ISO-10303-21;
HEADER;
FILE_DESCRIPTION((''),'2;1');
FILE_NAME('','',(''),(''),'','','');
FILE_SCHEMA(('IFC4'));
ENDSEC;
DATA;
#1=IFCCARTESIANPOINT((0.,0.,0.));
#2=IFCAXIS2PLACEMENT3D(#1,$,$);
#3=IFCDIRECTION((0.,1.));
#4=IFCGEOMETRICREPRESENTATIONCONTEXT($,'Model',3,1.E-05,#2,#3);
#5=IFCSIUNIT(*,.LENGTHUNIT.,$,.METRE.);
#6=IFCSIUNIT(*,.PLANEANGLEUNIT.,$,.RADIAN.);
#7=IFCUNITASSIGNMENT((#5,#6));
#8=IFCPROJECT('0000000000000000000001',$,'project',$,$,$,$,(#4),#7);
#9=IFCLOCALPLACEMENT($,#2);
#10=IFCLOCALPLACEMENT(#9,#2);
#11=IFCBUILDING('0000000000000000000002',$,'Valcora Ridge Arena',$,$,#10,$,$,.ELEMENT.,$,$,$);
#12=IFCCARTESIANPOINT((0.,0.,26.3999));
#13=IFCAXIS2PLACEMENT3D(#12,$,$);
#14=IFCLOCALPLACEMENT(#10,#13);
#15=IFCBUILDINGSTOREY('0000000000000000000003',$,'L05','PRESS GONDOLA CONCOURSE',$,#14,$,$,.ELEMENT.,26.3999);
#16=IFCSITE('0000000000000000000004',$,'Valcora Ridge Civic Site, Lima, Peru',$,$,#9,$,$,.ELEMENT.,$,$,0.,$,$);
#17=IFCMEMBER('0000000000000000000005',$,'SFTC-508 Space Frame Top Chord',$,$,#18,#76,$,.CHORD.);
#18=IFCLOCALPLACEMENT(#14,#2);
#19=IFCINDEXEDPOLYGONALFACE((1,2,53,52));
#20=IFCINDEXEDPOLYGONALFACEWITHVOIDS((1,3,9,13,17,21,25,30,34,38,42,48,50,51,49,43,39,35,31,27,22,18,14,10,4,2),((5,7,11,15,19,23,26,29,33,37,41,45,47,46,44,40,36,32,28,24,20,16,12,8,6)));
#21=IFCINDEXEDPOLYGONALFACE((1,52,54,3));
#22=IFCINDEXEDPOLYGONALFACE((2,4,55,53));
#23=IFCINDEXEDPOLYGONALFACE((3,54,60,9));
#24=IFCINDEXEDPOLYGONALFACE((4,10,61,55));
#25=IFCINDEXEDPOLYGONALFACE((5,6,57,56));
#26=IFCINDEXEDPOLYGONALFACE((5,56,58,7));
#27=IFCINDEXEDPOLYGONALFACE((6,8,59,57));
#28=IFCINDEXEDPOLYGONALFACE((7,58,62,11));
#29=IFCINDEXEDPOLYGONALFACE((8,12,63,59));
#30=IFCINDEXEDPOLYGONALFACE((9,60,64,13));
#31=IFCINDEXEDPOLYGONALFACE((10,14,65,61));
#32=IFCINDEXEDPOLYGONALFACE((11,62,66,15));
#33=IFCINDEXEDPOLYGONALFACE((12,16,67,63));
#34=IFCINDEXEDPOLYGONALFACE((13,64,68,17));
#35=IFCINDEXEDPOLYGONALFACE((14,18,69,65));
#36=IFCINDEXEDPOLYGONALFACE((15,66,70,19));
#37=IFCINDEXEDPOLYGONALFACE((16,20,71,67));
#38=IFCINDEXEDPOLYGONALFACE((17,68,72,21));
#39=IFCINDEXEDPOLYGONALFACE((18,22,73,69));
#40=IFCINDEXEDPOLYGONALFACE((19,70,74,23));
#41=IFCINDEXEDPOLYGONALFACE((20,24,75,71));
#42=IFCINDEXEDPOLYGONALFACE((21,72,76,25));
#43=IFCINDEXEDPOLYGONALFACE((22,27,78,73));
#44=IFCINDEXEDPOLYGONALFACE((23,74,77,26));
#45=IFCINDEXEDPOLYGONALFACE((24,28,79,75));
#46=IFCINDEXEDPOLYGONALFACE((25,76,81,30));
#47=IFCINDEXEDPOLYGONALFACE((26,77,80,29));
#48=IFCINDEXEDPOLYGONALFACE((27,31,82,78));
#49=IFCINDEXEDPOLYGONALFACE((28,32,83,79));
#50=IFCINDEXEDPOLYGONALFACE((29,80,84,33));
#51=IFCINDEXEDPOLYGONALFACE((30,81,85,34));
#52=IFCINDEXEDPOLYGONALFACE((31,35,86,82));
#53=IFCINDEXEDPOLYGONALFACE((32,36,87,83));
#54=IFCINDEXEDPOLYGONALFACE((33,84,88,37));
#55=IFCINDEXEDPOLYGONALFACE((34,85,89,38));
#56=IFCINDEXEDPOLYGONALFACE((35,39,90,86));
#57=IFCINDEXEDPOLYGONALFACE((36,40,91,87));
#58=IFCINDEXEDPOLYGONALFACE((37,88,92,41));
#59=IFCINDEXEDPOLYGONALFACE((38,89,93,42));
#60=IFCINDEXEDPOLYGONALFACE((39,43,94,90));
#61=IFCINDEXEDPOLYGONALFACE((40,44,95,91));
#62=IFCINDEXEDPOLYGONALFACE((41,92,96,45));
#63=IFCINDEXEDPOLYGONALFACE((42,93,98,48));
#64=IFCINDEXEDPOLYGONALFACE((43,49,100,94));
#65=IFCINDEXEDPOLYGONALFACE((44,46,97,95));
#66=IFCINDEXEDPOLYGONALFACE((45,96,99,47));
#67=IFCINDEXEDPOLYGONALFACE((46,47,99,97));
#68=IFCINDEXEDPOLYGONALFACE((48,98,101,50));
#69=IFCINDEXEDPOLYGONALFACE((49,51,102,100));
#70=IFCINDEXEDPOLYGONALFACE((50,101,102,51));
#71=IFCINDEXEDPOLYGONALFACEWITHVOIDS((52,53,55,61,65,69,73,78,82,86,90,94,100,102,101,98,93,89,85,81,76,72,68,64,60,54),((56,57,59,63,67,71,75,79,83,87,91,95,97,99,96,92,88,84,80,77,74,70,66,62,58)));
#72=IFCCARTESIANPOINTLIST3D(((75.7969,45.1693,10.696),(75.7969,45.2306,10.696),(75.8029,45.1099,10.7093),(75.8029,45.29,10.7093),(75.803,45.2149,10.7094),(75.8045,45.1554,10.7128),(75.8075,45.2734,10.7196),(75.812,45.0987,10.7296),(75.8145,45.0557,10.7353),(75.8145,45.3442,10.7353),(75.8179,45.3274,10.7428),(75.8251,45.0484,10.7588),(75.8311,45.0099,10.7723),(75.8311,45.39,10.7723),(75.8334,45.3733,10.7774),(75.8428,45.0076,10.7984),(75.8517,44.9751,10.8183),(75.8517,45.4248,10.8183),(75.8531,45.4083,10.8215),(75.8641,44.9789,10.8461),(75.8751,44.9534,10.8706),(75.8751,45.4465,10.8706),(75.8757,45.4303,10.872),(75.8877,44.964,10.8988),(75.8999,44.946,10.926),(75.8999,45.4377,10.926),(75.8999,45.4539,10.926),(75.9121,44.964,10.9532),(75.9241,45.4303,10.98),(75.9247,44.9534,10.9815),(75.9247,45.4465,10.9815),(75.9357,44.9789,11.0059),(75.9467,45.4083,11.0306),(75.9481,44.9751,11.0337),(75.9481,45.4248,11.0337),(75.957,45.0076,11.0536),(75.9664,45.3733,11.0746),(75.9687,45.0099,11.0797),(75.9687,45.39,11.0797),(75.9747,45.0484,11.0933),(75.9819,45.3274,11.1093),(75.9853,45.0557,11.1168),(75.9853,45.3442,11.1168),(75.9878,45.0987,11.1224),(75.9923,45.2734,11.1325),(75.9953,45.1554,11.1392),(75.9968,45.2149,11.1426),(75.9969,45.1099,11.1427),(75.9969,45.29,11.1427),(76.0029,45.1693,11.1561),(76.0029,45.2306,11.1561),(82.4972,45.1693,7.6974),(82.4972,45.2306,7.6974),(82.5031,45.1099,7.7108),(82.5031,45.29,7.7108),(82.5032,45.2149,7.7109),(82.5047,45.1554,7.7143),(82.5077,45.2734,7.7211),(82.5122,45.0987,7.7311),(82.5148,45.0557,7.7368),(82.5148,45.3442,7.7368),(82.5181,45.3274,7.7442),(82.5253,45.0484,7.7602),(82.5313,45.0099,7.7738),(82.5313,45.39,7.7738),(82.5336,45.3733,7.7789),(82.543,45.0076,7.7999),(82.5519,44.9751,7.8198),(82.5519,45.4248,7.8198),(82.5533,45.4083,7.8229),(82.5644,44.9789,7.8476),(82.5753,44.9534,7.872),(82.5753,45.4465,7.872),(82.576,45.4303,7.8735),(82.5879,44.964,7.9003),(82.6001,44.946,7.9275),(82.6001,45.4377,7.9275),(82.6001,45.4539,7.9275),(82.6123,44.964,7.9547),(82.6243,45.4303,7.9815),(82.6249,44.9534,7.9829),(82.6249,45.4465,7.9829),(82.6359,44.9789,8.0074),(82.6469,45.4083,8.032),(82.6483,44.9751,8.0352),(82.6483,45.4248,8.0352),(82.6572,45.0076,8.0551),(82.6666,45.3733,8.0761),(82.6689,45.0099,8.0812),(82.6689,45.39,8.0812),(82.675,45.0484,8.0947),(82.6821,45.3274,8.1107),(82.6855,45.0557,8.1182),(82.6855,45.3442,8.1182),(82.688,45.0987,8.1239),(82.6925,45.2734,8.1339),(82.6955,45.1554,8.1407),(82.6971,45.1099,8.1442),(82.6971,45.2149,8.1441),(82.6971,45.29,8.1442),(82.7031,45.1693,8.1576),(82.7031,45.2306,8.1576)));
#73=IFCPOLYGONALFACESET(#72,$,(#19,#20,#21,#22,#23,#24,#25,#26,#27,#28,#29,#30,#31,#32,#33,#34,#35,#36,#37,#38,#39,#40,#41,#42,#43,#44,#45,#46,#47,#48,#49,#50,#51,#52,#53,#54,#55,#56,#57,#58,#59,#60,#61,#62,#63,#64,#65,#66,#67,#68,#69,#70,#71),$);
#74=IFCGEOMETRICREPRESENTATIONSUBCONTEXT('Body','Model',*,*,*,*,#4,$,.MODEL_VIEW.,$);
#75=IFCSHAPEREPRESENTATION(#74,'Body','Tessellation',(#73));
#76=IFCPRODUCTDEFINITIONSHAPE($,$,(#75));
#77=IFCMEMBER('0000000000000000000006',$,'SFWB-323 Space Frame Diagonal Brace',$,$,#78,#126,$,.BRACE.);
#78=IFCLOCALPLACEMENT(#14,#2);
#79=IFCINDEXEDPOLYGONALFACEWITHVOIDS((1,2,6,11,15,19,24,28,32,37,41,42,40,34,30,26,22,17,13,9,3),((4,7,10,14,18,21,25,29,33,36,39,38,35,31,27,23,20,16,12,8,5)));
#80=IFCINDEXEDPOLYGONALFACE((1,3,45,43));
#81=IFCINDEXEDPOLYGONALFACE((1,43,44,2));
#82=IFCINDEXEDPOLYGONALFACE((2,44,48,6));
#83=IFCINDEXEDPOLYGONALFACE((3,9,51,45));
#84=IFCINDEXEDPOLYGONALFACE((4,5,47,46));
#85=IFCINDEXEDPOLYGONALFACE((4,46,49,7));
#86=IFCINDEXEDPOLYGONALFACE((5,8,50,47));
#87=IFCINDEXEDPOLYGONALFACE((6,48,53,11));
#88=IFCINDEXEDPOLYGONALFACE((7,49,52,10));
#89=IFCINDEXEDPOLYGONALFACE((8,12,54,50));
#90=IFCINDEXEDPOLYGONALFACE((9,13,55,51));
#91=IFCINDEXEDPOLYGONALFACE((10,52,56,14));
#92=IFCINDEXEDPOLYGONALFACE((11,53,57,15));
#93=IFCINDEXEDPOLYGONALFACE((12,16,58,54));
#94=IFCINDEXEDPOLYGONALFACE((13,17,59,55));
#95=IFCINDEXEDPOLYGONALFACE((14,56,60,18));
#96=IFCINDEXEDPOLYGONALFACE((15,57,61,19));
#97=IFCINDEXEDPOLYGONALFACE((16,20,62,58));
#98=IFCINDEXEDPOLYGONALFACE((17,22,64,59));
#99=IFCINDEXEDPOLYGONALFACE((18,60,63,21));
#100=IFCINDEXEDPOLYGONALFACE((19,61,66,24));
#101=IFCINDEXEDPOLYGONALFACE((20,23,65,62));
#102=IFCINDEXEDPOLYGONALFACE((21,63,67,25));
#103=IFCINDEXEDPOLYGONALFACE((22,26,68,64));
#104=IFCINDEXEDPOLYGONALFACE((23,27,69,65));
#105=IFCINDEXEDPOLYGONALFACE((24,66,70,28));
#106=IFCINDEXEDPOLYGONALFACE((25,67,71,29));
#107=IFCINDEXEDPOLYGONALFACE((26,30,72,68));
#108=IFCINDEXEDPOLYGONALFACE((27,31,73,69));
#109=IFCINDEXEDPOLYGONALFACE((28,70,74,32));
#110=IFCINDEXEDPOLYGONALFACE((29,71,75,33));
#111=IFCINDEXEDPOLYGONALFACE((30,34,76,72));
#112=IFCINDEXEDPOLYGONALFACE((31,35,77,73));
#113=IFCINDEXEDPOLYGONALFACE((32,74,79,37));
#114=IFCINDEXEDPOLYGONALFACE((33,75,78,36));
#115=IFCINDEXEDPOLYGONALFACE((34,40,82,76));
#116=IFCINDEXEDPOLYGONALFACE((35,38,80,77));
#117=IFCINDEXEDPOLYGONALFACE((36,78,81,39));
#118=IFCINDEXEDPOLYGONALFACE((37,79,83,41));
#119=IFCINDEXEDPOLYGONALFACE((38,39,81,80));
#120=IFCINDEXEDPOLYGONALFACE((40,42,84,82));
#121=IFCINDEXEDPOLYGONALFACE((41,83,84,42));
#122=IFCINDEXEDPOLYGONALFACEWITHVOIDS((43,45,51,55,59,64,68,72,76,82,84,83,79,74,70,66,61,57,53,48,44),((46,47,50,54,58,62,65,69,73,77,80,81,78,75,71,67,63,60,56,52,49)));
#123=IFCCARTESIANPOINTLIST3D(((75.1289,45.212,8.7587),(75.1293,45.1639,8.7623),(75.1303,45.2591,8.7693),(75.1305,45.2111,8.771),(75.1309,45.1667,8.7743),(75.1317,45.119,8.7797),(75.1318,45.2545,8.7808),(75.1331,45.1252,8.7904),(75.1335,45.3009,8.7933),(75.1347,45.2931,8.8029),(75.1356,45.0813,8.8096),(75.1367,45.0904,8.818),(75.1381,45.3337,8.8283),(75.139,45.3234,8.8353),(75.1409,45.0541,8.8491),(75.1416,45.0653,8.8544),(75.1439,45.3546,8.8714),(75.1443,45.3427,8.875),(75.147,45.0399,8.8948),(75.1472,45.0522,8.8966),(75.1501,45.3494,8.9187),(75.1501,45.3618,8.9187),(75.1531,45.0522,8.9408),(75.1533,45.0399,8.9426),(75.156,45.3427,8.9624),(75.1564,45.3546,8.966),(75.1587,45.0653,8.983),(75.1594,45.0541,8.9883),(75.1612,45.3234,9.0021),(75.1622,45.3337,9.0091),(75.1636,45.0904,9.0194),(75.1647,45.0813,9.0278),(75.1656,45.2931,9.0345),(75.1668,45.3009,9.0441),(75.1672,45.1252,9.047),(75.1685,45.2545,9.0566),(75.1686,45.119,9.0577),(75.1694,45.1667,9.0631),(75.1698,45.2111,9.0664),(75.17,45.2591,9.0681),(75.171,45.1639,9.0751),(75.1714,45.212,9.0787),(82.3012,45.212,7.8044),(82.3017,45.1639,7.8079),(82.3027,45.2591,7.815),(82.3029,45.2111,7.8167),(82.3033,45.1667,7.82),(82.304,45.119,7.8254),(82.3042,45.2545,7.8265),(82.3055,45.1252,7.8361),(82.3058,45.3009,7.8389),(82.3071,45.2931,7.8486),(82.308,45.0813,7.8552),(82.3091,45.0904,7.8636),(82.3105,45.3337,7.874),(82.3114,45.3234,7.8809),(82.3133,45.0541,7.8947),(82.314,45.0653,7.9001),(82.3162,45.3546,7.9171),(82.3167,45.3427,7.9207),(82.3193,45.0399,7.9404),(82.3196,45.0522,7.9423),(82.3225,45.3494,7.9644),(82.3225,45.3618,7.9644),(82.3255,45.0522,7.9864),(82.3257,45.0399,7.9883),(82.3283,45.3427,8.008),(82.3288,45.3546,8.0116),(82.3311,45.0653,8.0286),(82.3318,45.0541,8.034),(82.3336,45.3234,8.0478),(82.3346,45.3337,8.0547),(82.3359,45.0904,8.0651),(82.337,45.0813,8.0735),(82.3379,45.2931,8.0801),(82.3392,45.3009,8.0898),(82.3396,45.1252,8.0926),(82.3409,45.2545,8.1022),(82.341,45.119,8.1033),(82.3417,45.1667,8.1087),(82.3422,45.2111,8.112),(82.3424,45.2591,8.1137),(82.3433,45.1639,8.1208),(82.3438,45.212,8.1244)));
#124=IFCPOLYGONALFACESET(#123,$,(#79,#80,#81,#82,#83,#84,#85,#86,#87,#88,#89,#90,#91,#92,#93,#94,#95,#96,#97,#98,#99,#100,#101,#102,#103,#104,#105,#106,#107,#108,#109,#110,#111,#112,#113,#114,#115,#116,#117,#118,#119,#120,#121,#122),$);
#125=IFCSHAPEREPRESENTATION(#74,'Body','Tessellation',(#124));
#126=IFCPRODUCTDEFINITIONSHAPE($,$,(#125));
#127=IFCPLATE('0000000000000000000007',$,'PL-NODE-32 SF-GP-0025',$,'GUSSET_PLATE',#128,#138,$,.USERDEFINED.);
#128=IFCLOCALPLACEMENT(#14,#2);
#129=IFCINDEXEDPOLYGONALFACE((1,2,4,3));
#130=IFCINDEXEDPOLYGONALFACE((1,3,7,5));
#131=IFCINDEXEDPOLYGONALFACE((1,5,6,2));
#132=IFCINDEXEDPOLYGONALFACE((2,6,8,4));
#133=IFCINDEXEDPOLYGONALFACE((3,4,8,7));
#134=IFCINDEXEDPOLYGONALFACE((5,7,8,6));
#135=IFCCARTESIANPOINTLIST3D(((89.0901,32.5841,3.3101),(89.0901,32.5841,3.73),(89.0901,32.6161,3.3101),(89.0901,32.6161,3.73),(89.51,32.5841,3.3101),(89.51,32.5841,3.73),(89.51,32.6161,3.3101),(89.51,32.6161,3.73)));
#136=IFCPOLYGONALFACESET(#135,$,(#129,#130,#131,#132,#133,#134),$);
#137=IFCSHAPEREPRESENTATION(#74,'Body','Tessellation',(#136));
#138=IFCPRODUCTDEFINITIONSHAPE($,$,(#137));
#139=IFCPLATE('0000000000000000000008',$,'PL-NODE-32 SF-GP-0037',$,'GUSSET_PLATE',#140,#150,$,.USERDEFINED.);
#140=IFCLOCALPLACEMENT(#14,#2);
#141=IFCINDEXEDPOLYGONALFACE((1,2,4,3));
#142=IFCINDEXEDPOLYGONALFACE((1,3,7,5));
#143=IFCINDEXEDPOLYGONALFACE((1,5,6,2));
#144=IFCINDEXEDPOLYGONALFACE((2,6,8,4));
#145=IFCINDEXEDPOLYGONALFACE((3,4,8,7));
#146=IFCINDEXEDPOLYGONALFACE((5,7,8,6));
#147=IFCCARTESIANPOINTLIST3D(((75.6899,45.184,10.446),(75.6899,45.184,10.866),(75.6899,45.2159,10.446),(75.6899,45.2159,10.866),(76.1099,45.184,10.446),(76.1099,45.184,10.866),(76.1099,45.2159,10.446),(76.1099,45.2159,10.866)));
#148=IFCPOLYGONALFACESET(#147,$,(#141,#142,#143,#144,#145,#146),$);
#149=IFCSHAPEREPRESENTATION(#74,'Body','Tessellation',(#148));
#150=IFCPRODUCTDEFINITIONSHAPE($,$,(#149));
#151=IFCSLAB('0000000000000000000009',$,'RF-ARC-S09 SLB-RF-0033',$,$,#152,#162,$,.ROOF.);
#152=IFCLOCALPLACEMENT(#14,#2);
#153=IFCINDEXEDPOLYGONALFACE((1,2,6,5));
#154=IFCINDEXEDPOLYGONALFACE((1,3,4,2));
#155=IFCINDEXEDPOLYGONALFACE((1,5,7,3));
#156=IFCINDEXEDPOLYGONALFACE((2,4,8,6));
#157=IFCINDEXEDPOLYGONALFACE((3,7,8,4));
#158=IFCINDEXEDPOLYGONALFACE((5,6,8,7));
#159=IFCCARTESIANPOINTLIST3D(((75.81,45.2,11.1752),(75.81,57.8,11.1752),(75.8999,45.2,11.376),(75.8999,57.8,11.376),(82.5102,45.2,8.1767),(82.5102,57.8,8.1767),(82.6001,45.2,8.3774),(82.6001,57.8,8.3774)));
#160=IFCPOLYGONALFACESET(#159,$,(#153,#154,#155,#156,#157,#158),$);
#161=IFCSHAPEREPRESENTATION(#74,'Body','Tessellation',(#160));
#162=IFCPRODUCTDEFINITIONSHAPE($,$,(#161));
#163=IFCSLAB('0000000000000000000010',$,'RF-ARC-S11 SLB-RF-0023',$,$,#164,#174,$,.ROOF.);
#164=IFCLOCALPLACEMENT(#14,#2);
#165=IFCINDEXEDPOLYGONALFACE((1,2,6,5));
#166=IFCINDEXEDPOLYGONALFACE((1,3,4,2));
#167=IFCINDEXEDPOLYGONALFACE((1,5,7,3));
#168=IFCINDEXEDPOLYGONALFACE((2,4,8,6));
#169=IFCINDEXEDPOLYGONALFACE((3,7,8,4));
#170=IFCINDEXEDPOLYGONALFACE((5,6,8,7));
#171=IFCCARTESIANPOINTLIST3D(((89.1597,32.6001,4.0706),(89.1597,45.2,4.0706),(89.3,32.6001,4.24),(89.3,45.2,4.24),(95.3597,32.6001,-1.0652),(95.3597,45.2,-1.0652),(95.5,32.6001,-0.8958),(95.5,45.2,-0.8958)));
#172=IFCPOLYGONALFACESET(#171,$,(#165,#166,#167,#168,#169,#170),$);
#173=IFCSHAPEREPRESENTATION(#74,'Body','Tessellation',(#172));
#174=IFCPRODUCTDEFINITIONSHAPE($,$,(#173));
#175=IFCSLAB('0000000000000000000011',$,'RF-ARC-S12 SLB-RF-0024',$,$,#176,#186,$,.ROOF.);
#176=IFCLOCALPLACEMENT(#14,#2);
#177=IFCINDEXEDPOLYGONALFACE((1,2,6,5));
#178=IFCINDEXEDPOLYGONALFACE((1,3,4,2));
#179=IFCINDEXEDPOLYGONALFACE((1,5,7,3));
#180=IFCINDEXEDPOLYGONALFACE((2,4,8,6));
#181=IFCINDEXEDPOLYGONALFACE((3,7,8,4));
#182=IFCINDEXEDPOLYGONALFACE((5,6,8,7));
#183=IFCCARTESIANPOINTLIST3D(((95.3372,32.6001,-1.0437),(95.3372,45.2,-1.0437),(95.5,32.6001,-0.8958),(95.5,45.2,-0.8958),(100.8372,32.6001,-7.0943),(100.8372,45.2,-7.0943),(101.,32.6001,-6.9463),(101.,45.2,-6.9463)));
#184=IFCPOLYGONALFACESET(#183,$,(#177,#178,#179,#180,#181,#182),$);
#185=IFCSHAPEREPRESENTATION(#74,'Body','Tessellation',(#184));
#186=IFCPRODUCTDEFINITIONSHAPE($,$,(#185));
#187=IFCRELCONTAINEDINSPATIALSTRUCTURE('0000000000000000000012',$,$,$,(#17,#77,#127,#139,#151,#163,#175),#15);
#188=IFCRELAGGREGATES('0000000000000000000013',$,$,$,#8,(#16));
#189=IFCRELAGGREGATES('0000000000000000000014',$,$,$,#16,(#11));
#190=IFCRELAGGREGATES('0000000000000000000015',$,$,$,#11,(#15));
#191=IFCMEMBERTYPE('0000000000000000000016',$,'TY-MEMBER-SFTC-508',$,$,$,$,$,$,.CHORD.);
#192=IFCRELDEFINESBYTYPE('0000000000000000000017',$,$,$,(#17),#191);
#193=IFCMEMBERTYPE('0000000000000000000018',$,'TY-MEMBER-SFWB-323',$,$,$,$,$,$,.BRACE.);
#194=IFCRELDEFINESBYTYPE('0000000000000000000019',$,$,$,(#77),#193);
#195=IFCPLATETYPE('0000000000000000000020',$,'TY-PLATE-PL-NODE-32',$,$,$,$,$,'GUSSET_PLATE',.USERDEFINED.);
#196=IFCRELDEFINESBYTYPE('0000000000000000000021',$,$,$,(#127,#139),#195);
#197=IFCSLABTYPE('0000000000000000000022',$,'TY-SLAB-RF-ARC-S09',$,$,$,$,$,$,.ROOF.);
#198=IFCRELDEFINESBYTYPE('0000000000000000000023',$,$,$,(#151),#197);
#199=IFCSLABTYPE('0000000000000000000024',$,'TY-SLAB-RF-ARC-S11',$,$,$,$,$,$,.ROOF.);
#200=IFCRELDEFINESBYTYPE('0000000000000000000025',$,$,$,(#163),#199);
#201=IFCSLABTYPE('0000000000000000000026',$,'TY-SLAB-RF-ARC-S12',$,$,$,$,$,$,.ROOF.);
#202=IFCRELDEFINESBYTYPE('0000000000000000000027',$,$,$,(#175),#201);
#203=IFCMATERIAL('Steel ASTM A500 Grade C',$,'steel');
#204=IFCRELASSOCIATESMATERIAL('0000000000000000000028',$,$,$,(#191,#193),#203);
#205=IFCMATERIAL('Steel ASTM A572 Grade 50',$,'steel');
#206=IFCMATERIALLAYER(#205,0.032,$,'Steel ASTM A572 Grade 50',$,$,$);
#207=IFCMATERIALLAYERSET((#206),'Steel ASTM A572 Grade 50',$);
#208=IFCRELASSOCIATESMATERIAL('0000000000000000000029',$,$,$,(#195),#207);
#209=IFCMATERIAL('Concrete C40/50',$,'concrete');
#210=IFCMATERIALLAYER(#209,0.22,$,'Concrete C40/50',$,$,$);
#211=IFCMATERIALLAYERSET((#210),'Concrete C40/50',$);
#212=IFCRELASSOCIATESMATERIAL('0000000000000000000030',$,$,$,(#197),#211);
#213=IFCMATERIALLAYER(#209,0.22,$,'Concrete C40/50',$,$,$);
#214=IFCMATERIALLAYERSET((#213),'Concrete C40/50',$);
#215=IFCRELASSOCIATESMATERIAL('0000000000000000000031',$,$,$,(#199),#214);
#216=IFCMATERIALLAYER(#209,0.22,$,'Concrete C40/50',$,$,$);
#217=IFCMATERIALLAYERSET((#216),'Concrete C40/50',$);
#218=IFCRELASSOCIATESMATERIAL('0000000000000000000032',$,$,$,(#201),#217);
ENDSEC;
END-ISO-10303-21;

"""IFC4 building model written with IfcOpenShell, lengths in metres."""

from ifc_helpers import new_model, si_unit, direction, frame, origin, origin_2d, place, context, subcontext, project, spatial, polyline, rectangle, hollow_circle, outline, extrude, material, layer, layer_set, material_profile, profile_set, type_object, element, save


model = new_model("IFC4")

# Units and contexts
model_context = context("Model", 3, precision=1e-05, world=origin(), true_north=direction((0.0, 1.0)))
body_context = subcontext(model_context, "Body", "Model", "MODEL_VIEW")
ifc_project = project(units=[si_unit("LENGTHUNIT", "METRE"), si_unit("PLANEANGLEUNIT", "RADIAN")], contexts=[model_context])

# Site, building, storey
site_placement = place(None, origin())
site = spatial("IfcSite", under=ifc_project, at=site_placement, Name="Valcora Ridge Civic Site, Lima, Peru", CompositionType="ELEMENT", RefElevation=0.0)
building_placement = place(site_placement, origin())
building = spatial("IfcBuilding", under=site, at=building_placement, Name="Valcora Ridge Arena", CompositionType="ELEMENT")
storey_placement = place(building_placement, frame((0.0, 0.0, 26.3999)))
storey = spatial("IfcBuildingStorey", under=building, at=storey_placement, Name="L05", Description="PRESS GONDOLA CONCOURSE", CompositionType="ELEMENT", Elevation=26.3999)

# Members
ifc_material_1 = material(Name="Steel ASTM A572 Grade 50", Category="steel")
ifc_material_2 = material(Name="Steel ASTM A500 Grade C", Category="steel")
ifc_material_profile_1 = material_profile(ifc_material_2, hollow_circle(Radius=0.2539, WallThickness=0.0161, at=origin_2d()), Name="CHS508X16")
ifc_profile_set_1 = profile_set([ifc_material_profile_1], Name="Steel ASTM A500 Grade C")
member_type_1 = type_object("IfcMemberType", Name="TY-MEMBER-SFTC-508", PredefinedType="CHORD", material=ifc_profile_set_1)
member_1_placement = place(storey_placement, frame((75.8999, 45.2, 10.926), z_axis=(0.912763, 0.0, -0.408489), x_axis=(0.0, 1.0, 0.0)))
element("IfcMember", 1, at=member_1_placement, inside=storey, type_object=member_type_1, Name="SFTC-508 Space Frame Top Chord", PredefinedType="CHORD", context=body_context, shape_type="SweptSolid", body=[
    extrude(hollow_circle(Radius=0.2539, WallThickness=0.0161, at=origin_2d()), origin(), (0.0, 0.0, 1.0), 7.3406),
])
ifc_material_profile_2 = material_profile(ifc_material_2, hollow_circle(Radius=0.1619, WallThickness=0.0125, at=origin_2d()), Name="CHS323X12")
ifc_profile_set_2 = profile_set([ifc_material_profile_2], Name="Steel ASTM A500 Grade C")
member_type_2 = type_object("IfcMemberType", Name="TY-MEMBER-SFWB-323", PredefinedType="BRACE", material=ifc_profile_set_2)
member_2_placement = place(storey_placement, frame((75.1501, 45.2, 8.9187), z_axis=(0.991264, 0.0, -0.131896), x_axis=(0.0, 1.0, 0.0)))
element("IfcMember", 2, at=member_2_placement, inside=storey, type_object=member_type_2, Name="SFWB-323 Space Frame Diagonal Brace", PredefinedType="BRACE", context=body_context, shape_type="SweptSolid", body=[
    extrude(hollow_circle(Radius=0.1619, WallThickness=0.0125, at=origin_2d()), origin(), (0.0, 0.0, 1.0), 7.2356),
])

# Plates
ifc_layer_1 = layer(ifc_material_1, 0.032, Name="Steel ASTM A572 Grade 50")
ifc_layer_set_1 = layer_set([ifc_layer_1], Name="Steel ASTM A572 Grade 50")
plate_type = type_object("IfcPlateType", Name="TY-PLATE-PL-NODE-32", ElementType="GUSSET_PLATE", PredefinedType="USERDEFINED", material=ifc_layer_set_1)
for number, where, z_axis, x_axis, name in (
    (3, (89.3, 32.6001, 3.3101), (0.0, 0.0, 1.0), (1.0, 0.0, 0.0), "PL-NODE-32 SF-GP-0025"),
    (4, (75.8999, 45.2, 10.446), (0.0, 0.0, 1.0), (1.0, 0.0, 0.0), "PL-NODE-32 SF-GP-0037"),
):
    element("IfcPlate", number, at=place(storey_placement, frame(where, z_axis=z_axis, x_axis=x_axis)), inside=storey, type_object=plate_type, Name=name, ObjectType="GUSSET_PLATE", PredefinedType="USERDEFINED", context=body_context, shape_type="SweptSolid", body=[
        extrude(rectangle(XDim=0.4199, YDim=0.032, at=origin_2d()), origin(), (0.0, 0.0, 1.0), 0.4199),
    ])

# Slabs
ifc_material_3 = material(Name="Concrete C40/50", Category="concrete")
ifc_layer_2 = layer(ifc_material_3, 0.22, Name="Concrete C40/50")
ifc_layer_set_2 = layer_set([ifc_layer_2], Name="Concrete C40/50")
slab_type_1 = type_object("IfcSlabType", Name="TY-SLAB-RF-ARC-S09", PredefinedType="ROOF", material=ifc_layer_set_2)
slab_1_placement = place(storey_placement, frame((75.8999, 45.2, 11.376), z_axis=(0.408489, 0.0, 0.912763), x_axis=(0.912763, 0.0, -0.408489)))
element("IfcSlab", 5, at=slab_1_placement, inside=storey, type_object=slab_type_1, Name="RF-ARC-S09 SLB-RF-0033", PredefinedType="ROOF", context=body_context, shape_type="SweptSolid", body=[
    extrude(outline(polyline([(0.0, 0.0), (7.3406, 0.0), (7.3406, 12.6001), (0.0, 12.6001), (0.0, 0.0)])), origin(), (0.0, 0.0, -1.0), 0.22),
])
ifc_layer_3 = layer(ifc_material_3, 0.22, Name="Concrete C40/50")
ifc_layer_set_3 = layer_set([ifc_layer_3], Name="Concrete C40/50")
slab_type_2 = type_object("IfcSlabType", Name="TY-SLAB-RF-ARC-S11", PredefinedType="ROOF", material=ifc_layer_set_3)
slab_2_placement = place(storey_placement, frame((89.3, 32.6001, 4.24), z_axis=(0.637918, 0.0, 0.770105), x_axis=(0.770105, 0.0, -0.637918)))
element("IfcSlab", 6, at=slab_2_placement, inside=storey, type_object=slab_type_2, Name="RF-ARC-S11 SLB-RF-0023", PredefinedType="ROOF", context=body_context, shape_type="SweptSolid", body=[
    extrude(outline(polyline([(0.0, 0.0), (8.0508, 0.0), (8.0508, 12.5999), (0.0, 12.5999), (0.0, 0.0)])), origin(), (0.0, 0.0, -1.0), 0.22),
])
ifc_layer_4 = layer(ifc_material_3, 0.22, Name="Concrete C40/50")
ifc_layer_set_4 = layer_set([ifc_layer_4], Name="Concrete C40/50")
slab_type_3 = type_object("IfcSlabType", Name="TY-SLAB-RF-ARC-S12", PredefinedType="ROOF", material=ifc_layer_set_4)
slab_3_placement = place(storey_placement, frame((95.5, 32.6001, -0.8958), z_axis=(0.73997, 0.0, 0.67264), x_axis=(0.67264, 0.0, -0.73997)))
element("IfcSlab", 7, at=slab_3_placement, inside=storey, type_object=slab_type_3, Name="RF-ARC-S12 SLB-RF-0024", PredefinedType="ROOF", context=body_context, shape_type="SweptSolid", body=[
    extrude(outline(polyline([(0.0, 0.0), (8.1767, 0.0), (8.1767, 12.5999), (0.0, 12.5999), (0.0, 0.0)])), origin(), (0.0, 0.0, -1.0), 0.22),
])

save(model, "model.ifc")
